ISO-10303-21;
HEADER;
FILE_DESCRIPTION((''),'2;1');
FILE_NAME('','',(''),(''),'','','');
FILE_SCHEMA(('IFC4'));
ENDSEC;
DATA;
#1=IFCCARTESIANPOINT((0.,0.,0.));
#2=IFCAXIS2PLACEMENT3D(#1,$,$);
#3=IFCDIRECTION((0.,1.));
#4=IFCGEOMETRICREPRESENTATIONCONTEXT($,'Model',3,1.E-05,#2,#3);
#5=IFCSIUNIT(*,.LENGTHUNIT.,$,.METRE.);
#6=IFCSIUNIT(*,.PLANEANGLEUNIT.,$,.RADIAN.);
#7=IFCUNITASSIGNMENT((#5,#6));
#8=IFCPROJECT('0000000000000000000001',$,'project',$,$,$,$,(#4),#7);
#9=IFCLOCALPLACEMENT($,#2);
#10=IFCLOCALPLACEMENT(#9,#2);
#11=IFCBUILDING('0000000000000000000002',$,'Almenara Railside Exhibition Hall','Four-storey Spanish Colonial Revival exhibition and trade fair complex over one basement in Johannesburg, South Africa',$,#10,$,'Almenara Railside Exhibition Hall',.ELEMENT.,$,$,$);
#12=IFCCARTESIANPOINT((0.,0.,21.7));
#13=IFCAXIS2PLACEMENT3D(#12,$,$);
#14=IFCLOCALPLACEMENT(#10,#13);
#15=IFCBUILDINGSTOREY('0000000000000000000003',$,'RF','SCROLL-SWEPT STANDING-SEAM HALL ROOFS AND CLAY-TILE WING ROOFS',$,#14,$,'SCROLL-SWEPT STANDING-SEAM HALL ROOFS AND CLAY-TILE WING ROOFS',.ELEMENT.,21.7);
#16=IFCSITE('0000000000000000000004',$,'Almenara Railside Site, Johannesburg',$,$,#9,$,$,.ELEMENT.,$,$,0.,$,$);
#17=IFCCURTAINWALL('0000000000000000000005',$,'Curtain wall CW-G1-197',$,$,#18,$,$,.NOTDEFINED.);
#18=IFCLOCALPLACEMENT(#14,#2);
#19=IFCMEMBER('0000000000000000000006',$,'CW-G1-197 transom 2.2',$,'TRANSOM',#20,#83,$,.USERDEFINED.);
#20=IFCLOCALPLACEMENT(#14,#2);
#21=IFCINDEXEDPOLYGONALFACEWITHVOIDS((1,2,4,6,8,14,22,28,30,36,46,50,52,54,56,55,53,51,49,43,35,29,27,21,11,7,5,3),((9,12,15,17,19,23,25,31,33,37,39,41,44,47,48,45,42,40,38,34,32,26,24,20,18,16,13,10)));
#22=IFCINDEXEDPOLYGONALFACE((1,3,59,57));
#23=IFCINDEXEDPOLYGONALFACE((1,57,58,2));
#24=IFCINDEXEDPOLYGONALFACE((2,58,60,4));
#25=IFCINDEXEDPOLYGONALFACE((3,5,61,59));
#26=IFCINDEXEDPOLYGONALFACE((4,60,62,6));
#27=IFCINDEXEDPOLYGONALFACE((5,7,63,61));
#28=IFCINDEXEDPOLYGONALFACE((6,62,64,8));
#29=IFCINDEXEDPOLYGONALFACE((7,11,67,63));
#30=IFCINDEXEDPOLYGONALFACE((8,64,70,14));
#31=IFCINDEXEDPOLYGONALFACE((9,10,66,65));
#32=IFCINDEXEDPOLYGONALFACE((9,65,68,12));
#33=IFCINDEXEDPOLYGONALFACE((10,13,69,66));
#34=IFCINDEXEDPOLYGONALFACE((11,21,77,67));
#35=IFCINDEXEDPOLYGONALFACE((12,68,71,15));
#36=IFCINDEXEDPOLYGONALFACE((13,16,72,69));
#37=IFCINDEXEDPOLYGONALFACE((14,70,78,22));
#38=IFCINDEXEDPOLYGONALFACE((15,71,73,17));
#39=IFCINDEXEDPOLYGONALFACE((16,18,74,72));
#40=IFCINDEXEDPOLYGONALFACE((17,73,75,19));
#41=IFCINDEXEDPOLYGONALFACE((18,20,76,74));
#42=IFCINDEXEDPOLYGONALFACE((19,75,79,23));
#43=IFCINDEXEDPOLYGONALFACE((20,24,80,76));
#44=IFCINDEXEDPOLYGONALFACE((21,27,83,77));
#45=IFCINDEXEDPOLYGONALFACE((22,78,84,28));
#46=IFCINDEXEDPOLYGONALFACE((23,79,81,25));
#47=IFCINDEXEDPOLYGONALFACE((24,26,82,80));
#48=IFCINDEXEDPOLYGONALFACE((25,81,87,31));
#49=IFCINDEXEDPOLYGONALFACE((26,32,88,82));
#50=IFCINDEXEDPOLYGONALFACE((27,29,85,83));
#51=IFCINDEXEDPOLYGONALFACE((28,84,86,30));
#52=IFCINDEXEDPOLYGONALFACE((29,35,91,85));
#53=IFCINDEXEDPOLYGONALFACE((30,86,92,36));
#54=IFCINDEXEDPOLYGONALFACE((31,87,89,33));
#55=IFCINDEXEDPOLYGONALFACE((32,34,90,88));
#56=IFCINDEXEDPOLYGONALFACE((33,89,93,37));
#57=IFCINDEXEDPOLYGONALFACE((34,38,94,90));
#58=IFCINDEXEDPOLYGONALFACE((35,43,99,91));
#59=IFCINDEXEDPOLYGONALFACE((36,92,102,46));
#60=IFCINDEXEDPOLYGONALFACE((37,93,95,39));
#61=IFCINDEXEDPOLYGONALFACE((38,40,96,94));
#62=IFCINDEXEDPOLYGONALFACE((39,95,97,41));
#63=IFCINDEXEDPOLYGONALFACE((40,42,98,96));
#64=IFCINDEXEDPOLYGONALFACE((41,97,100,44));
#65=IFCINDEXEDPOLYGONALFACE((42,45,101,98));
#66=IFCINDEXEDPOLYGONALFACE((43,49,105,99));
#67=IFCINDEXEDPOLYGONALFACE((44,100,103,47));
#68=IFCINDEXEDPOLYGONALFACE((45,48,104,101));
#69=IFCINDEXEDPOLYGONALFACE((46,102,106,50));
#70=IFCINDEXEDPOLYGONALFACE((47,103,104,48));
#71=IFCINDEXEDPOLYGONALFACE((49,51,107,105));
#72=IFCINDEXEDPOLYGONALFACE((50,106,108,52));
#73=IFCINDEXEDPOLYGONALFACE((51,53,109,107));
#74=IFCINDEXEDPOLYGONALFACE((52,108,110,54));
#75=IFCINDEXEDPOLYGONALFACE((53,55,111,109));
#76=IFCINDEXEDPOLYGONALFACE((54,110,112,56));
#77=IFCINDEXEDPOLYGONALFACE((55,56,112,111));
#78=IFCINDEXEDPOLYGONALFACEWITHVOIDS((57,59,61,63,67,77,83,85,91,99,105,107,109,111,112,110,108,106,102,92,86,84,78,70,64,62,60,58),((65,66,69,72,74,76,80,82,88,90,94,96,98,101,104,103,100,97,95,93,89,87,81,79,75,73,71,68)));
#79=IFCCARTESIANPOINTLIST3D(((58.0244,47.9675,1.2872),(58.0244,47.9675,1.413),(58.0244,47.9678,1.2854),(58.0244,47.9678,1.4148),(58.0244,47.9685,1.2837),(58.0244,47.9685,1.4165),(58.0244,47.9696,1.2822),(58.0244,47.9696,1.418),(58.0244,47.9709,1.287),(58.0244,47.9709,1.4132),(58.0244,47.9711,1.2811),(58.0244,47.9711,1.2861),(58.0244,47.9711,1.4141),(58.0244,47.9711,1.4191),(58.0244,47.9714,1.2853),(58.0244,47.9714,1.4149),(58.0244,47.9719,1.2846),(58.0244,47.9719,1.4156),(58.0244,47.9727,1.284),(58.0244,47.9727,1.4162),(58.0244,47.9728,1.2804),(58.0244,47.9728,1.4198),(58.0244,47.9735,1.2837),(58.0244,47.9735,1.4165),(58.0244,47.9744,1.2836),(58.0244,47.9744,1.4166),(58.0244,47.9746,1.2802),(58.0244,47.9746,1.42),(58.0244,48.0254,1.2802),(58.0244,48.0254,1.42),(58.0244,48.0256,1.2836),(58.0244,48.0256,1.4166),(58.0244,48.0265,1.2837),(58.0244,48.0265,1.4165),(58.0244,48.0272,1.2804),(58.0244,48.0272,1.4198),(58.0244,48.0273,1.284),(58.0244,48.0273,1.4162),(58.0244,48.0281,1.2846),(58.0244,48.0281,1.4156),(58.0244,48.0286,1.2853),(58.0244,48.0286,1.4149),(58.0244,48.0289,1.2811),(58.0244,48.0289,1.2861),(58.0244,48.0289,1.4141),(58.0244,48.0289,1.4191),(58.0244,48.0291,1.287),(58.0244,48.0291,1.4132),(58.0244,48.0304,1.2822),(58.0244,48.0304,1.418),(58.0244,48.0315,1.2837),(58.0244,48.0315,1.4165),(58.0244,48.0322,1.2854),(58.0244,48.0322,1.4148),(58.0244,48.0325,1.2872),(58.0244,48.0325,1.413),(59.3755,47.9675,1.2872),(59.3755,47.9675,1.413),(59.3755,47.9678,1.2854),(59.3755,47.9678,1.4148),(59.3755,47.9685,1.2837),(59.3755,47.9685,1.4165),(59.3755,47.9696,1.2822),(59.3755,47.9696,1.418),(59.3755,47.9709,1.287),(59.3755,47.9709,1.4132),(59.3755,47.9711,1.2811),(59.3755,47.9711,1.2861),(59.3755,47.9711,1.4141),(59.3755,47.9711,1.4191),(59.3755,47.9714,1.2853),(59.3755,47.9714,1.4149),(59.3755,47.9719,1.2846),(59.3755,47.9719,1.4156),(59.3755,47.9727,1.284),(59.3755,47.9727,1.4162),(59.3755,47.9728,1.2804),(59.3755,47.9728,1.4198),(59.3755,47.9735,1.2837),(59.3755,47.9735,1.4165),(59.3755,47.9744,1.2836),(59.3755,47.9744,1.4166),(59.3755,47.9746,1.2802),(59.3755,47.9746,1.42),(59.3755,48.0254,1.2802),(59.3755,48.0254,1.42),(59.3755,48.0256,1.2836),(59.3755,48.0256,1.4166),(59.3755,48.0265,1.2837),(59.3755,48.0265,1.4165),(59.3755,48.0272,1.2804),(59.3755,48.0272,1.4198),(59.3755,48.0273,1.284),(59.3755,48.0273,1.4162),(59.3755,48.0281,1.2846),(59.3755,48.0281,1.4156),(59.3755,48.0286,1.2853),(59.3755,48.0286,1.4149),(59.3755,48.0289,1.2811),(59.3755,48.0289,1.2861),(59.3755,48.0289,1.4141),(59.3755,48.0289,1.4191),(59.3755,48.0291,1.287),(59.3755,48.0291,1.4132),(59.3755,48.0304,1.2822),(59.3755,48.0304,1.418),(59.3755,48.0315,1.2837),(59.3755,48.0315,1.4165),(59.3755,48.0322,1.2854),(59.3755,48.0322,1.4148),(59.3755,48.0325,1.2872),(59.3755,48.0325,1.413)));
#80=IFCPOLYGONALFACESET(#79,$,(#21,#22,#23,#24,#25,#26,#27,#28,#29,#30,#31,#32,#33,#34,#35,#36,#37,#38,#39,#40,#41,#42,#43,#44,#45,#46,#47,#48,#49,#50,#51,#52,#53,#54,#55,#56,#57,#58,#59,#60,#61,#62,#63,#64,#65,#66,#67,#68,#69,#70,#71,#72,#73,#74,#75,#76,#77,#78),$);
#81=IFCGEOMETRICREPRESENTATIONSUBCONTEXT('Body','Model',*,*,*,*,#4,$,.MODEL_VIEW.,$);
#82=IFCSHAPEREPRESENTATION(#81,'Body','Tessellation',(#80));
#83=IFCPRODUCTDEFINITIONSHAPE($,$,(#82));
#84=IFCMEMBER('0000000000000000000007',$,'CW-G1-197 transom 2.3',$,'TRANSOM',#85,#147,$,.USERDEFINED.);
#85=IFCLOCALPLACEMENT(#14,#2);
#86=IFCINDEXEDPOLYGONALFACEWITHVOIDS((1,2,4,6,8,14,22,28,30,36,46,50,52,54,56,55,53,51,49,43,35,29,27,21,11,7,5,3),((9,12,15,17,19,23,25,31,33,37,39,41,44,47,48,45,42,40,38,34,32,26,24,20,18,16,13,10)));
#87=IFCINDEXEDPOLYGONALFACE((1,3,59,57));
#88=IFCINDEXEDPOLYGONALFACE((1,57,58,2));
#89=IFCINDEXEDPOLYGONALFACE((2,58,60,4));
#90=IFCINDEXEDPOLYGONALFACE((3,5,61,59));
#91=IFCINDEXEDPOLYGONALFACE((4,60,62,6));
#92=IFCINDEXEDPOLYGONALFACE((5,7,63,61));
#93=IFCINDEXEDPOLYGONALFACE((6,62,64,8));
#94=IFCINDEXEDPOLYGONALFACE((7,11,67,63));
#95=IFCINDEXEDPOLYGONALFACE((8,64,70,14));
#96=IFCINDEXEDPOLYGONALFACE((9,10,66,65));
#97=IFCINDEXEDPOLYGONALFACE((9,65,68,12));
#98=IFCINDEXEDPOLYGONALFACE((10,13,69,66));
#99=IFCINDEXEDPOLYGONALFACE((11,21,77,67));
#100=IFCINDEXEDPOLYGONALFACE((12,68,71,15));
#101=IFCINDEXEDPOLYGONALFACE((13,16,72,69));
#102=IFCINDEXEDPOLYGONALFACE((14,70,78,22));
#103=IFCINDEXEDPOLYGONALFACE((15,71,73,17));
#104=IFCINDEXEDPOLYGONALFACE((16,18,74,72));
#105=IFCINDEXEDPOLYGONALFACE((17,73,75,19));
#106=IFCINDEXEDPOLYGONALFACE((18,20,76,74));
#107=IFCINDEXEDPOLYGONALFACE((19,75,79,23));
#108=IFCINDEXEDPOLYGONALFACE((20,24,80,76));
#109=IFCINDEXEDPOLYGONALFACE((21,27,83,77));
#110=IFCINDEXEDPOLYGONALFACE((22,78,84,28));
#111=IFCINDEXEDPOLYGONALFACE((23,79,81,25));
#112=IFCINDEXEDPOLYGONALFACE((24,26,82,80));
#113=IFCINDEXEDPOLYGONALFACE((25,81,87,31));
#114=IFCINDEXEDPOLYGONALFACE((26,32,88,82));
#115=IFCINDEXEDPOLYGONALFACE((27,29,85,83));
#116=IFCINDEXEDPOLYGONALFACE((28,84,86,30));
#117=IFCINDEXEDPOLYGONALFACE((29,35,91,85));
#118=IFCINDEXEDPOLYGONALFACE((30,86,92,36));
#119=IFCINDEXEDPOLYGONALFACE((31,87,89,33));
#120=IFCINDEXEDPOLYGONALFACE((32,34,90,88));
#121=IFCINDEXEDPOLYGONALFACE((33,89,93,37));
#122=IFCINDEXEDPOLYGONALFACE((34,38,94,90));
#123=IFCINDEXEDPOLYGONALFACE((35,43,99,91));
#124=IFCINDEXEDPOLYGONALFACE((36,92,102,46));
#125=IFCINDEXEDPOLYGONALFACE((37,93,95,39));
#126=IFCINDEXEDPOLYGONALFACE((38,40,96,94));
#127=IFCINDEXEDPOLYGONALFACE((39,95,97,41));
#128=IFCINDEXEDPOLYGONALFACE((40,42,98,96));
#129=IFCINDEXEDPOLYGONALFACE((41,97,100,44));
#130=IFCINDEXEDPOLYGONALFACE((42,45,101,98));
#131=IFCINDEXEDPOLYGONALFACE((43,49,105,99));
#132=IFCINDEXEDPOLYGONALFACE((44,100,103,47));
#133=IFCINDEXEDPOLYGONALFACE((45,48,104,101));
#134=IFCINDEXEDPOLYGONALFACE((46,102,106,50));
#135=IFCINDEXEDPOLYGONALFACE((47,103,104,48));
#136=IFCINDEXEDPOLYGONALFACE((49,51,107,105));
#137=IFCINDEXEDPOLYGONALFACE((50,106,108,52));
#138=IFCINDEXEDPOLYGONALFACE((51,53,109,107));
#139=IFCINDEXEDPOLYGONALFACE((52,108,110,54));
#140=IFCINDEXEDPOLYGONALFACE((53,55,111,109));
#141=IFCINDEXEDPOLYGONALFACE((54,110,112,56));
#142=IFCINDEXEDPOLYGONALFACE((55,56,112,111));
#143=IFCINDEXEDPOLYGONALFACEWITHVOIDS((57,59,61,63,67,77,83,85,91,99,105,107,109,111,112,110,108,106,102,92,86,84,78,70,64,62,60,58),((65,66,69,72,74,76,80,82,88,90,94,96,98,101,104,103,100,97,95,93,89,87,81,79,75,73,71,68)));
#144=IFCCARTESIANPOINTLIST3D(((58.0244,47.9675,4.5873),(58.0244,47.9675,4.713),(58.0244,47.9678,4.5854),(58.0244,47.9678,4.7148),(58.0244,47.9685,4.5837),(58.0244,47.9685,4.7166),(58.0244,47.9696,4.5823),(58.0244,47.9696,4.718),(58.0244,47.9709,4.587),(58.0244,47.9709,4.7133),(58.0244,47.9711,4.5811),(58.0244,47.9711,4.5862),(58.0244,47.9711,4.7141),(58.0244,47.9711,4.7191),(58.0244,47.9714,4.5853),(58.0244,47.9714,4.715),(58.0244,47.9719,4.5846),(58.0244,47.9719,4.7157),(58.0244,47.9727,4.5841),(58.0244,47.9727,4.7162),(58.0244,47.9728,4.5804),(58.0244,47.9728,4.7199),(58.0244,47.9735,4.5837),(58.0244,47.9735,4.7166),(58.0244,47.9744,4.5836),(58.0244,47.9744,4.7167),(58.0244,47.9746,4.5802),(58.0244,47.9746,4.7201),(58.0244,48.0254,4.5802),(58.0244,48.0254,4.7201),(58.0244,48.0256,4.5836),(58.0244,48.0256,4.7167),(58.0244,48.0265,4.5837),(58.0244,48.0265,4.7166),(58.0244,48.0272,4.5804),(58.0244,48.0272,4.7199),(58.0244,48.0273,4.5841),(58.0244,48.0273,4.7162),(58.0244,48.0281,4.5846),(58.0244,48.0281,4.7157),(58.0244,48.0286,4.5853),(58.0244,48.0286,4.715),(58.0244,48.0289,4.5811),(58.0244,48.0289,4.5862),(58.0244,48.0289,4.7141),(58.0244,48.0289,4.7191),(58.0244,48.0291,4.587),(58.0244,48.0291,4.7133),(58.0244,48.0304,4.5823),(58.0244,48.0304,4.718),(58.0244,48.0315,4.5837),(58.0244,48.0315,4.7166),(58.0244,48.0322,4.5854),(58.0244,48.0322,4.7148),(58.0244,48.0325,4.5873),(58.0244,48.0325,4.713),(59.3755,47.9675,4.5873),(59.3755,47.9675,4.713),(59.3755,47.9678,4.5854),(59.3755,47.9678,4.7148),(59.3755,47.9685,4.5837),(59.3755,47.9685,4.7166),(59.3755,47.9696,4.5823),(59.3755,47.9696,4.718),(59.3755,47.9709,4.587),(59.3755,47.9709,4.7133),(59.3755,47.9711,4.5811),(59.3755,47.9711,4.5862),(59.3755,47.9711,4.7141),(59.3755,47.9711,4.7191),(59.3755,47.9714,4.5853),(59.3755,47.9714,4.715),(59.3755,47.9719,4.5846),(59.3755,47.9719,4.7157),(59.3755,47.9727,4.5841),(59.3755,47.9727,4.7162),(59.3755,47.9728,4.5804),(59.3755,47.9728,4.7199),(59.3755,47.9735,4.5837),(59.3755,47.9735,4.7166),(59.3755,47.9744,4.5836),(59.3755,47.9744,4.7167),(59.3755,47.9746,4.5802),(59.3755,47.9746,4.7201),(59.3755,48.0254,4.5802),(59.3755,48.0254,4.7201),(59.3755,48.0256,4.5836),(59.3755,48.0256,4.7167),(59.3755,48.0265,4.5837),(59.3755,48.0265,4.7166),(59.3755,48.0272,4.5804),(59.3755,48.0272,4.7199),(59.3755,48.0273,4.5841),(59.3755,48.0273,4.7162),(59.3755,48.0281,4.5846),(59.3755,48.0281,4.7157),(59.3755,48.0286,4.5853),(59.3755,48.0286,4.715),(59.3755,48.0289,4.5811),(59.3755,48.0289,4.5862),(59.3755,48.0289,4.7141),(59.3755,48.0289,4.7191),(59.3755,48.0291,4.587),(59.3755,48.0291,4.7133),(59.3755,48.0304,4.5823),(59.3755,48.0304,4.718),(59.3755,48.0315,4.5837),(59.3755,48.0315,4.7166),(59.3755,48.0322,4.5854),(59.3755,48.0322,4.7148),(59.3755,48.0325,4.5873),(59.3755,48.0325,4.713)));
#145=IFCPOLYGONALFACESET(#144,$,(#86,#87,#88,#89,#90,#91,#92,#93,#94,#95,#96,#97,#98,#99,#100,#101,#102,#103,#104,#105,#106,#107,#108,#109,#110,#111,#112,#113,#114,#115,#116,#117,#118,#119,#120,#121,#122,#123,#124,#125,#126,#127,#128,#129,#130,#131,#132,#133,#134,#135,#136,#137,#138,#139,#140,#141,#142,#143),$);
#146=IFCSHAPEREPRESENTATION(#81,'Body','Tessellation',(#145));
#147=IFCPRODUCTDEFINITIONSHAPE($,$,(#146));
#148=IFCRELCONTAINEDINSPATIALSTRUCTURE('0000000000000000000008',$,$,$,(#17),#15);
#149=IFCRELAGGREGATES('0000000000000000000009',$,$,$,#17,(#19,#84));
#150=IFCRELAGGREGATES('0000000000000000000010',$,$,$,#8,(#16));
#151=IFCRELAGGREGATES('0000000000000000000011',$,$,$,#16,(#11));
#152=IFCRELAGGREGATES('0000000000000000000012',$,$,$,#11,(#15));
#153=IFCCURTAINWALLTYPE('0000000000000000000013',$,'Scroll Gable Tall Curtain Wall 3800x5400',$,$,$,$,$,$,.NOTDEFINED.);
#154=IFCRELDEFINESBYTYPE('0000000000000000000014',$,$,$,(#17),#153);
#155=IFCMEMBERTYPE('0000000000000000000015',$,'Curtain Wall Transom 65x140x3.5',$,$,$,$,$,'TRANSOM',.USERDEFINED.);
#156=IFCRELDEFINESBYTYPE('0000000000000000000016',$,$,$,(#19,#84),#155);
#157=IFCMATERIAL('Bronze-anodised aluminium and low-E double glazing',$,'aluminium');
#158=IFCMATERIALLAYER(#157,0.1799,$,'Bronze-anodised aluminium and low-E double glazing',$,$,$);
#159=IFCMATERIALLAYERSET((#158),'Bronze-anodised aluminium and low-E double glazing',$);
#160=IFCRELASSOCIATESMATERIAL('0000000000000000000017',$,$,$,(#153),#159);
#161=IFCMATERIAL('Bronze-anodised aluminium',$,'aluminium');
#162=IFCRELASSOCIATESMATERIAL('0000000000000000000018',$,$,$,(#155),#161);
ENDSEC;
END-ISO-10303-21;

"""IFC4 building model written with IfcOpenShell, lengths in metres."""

from ifc_helpers import new_model, si_unit, direction, frame, origin, origin_2d, place, context, subcontext, project, spatial, hollow_rectangle, extrude, material, layer, layer_set, material_profile, profile_set, type_object, element, aggregate, save


model = new_model("IFC4")

# Units and contexts
model_context = context("Model", 3, precision=1e-05, world=origin(), true_north=direction((0.0, 1.0)))
body_context = subcontext(model_context, "Body", "Model", "MODEL_VIEW")
ifc_project = project(units=[si_unit("LENGTHUNIT", "METRE"), si_unit("PLANEANGLEUNIT", "RADIAN")], contexts=[model_context])

# Site, building, storey
site_placement = place(None, origin())
site = spatial("IfcSite", under=ifc_project, at=site_placement, Name="Almenara Railside Site, Johannesburg", CompositionType="ELEMENT", RefElevation=0.0)
building_placement = place(site_placement, origin())
building = spatial("IfcBuilding", under=site, at=building_placement, Name="Almenara Railside Exhibition Hall", Description="Four-storey Spanish Colonial Revival exhibition and trade fair complex over one basement in Johannesburg, South Africa", LongName="Almenara Railside Exhibition Hall", CompositionType="ELEMENT")
storey_placement = place(building_placement, frame((0.0, 0.0, 21.7)))
storey = spatial("IfcBuildingStorey", under=building, at=storey_placement, Name="RF", Description="SCROLL-SWEPT STANDING-SEAM HALL ROOFS AND CLAY-TILE WING ROOFS", LongName="SCROLL-SWEPT STANDING-SEAM HALL ROOFS AND CLAY-TILE WING ROOFS", CompositionType="ELEMENT", Elevation=21.7)

# Curtain wall, members
ifc_material_1 = material(Name="Bronze-anodised aluminium and low-E double glazing", Category="aluminium")
ifc_layer_1 = layer(ifc_material_1, 0.1799, Name="Bronze-anodised aluminium and low-E double glazing")
ifc_layer_set_1 = layer_set([ifc_layer_1], Name="Bronze-anodised aluminium and low-E double glazing")
curtain_wall_type = type_object("IfcCurtainWallType", Name="Scroll Gable Tall Curtain Wall 3800x5400", PredefinedType="NOTDEFINED", material=ifc_layer_set_1)
curtain_wall_placement = place(storey_placement, origin())
curtain_wall = element("IfcCurtainWall", 1, at=curtain_wall_placement, inside=storey, type_object=curtain_wall_type, Name="Curtain wall CW-G1-197", PredefinedType="NOTDEFINED")
ifc_material_2 = material(Name="Bronze-anodised aluminium", Category="aluminium")
ifc_material_profile_1 = material_profile(ifc_material_2, hollow_rectangle(XDim=0.0649, YDim=0.1399, WallThickness=0.0034, InnerFilletRadius=0.0034, OuterFilletRadius=0.0071, at=origin_2d()), Name="ALU-TRN 65x140x3.5")
ifc_profile_set_1 = profile_set([ifc_material_profile_1], Name="Bronze-anodised aluminium")
member_type_1 = type_object("IfcMemberType", Name="Curtain Wall Transom 65x140x3.5", ElementType="TRANSOM", PredefinedType="USERDEFINED", material=ifc_profile_set_1)
member_1_placement = place(storey_placement, frame((58.0244, 48.0, 1.3501), z_axis=(1.0, 0.0, 0.0), x_axis=(0.0, 1.0, 0.0)))
member_1 = element("IfcMember", 2, at=member_1_placement, type_object=member_type_1, Name="CW-G1-197 transom 2.2", ObjectType="TRANSOM", PredefinedType="USERDEFINED", context=body_context, shape_type="SweptSolid", body=[
    extrude(hollow_rectangle(XDim=0.0649, YDim=0.1399, WallThickness=0.0034, InnerFilletRadius=0.0034, OuterFilletRadius=0.0071, at=origin_2d()), origin(), (0.0, 0.0, 1.0), 1.3511),
])
member_2_placement = place(storey_placement, frame((58.0244, 48.0, 4.6501), z_axis=(1.0, 0.0, 0.0), x_axis=(0.0, 1.0, 0.0)))
member_2 = element("IfcMember", 3, at=member_2_placement, type_object=member_type_1, Name="CW-G1-197 transom 2.3", ObjectType="TRANSOM", PredefinedType="USERDEFINED", context=body_context, shape_type="SweptSolid", body=[
    extrude(hollow_rectangle(XDim=0.0649, YDim=0.1399, WallThickness=0.0034, InnerFilletRadius=0.0034, OuterFilletRadius=0.0071, at=origin_2d()), origin(), (0.0, 0.0, 1.0), 1.3511),
])

aggregate(curtain_wall, [member_1, member_2])

save(model, "model.ifc")
